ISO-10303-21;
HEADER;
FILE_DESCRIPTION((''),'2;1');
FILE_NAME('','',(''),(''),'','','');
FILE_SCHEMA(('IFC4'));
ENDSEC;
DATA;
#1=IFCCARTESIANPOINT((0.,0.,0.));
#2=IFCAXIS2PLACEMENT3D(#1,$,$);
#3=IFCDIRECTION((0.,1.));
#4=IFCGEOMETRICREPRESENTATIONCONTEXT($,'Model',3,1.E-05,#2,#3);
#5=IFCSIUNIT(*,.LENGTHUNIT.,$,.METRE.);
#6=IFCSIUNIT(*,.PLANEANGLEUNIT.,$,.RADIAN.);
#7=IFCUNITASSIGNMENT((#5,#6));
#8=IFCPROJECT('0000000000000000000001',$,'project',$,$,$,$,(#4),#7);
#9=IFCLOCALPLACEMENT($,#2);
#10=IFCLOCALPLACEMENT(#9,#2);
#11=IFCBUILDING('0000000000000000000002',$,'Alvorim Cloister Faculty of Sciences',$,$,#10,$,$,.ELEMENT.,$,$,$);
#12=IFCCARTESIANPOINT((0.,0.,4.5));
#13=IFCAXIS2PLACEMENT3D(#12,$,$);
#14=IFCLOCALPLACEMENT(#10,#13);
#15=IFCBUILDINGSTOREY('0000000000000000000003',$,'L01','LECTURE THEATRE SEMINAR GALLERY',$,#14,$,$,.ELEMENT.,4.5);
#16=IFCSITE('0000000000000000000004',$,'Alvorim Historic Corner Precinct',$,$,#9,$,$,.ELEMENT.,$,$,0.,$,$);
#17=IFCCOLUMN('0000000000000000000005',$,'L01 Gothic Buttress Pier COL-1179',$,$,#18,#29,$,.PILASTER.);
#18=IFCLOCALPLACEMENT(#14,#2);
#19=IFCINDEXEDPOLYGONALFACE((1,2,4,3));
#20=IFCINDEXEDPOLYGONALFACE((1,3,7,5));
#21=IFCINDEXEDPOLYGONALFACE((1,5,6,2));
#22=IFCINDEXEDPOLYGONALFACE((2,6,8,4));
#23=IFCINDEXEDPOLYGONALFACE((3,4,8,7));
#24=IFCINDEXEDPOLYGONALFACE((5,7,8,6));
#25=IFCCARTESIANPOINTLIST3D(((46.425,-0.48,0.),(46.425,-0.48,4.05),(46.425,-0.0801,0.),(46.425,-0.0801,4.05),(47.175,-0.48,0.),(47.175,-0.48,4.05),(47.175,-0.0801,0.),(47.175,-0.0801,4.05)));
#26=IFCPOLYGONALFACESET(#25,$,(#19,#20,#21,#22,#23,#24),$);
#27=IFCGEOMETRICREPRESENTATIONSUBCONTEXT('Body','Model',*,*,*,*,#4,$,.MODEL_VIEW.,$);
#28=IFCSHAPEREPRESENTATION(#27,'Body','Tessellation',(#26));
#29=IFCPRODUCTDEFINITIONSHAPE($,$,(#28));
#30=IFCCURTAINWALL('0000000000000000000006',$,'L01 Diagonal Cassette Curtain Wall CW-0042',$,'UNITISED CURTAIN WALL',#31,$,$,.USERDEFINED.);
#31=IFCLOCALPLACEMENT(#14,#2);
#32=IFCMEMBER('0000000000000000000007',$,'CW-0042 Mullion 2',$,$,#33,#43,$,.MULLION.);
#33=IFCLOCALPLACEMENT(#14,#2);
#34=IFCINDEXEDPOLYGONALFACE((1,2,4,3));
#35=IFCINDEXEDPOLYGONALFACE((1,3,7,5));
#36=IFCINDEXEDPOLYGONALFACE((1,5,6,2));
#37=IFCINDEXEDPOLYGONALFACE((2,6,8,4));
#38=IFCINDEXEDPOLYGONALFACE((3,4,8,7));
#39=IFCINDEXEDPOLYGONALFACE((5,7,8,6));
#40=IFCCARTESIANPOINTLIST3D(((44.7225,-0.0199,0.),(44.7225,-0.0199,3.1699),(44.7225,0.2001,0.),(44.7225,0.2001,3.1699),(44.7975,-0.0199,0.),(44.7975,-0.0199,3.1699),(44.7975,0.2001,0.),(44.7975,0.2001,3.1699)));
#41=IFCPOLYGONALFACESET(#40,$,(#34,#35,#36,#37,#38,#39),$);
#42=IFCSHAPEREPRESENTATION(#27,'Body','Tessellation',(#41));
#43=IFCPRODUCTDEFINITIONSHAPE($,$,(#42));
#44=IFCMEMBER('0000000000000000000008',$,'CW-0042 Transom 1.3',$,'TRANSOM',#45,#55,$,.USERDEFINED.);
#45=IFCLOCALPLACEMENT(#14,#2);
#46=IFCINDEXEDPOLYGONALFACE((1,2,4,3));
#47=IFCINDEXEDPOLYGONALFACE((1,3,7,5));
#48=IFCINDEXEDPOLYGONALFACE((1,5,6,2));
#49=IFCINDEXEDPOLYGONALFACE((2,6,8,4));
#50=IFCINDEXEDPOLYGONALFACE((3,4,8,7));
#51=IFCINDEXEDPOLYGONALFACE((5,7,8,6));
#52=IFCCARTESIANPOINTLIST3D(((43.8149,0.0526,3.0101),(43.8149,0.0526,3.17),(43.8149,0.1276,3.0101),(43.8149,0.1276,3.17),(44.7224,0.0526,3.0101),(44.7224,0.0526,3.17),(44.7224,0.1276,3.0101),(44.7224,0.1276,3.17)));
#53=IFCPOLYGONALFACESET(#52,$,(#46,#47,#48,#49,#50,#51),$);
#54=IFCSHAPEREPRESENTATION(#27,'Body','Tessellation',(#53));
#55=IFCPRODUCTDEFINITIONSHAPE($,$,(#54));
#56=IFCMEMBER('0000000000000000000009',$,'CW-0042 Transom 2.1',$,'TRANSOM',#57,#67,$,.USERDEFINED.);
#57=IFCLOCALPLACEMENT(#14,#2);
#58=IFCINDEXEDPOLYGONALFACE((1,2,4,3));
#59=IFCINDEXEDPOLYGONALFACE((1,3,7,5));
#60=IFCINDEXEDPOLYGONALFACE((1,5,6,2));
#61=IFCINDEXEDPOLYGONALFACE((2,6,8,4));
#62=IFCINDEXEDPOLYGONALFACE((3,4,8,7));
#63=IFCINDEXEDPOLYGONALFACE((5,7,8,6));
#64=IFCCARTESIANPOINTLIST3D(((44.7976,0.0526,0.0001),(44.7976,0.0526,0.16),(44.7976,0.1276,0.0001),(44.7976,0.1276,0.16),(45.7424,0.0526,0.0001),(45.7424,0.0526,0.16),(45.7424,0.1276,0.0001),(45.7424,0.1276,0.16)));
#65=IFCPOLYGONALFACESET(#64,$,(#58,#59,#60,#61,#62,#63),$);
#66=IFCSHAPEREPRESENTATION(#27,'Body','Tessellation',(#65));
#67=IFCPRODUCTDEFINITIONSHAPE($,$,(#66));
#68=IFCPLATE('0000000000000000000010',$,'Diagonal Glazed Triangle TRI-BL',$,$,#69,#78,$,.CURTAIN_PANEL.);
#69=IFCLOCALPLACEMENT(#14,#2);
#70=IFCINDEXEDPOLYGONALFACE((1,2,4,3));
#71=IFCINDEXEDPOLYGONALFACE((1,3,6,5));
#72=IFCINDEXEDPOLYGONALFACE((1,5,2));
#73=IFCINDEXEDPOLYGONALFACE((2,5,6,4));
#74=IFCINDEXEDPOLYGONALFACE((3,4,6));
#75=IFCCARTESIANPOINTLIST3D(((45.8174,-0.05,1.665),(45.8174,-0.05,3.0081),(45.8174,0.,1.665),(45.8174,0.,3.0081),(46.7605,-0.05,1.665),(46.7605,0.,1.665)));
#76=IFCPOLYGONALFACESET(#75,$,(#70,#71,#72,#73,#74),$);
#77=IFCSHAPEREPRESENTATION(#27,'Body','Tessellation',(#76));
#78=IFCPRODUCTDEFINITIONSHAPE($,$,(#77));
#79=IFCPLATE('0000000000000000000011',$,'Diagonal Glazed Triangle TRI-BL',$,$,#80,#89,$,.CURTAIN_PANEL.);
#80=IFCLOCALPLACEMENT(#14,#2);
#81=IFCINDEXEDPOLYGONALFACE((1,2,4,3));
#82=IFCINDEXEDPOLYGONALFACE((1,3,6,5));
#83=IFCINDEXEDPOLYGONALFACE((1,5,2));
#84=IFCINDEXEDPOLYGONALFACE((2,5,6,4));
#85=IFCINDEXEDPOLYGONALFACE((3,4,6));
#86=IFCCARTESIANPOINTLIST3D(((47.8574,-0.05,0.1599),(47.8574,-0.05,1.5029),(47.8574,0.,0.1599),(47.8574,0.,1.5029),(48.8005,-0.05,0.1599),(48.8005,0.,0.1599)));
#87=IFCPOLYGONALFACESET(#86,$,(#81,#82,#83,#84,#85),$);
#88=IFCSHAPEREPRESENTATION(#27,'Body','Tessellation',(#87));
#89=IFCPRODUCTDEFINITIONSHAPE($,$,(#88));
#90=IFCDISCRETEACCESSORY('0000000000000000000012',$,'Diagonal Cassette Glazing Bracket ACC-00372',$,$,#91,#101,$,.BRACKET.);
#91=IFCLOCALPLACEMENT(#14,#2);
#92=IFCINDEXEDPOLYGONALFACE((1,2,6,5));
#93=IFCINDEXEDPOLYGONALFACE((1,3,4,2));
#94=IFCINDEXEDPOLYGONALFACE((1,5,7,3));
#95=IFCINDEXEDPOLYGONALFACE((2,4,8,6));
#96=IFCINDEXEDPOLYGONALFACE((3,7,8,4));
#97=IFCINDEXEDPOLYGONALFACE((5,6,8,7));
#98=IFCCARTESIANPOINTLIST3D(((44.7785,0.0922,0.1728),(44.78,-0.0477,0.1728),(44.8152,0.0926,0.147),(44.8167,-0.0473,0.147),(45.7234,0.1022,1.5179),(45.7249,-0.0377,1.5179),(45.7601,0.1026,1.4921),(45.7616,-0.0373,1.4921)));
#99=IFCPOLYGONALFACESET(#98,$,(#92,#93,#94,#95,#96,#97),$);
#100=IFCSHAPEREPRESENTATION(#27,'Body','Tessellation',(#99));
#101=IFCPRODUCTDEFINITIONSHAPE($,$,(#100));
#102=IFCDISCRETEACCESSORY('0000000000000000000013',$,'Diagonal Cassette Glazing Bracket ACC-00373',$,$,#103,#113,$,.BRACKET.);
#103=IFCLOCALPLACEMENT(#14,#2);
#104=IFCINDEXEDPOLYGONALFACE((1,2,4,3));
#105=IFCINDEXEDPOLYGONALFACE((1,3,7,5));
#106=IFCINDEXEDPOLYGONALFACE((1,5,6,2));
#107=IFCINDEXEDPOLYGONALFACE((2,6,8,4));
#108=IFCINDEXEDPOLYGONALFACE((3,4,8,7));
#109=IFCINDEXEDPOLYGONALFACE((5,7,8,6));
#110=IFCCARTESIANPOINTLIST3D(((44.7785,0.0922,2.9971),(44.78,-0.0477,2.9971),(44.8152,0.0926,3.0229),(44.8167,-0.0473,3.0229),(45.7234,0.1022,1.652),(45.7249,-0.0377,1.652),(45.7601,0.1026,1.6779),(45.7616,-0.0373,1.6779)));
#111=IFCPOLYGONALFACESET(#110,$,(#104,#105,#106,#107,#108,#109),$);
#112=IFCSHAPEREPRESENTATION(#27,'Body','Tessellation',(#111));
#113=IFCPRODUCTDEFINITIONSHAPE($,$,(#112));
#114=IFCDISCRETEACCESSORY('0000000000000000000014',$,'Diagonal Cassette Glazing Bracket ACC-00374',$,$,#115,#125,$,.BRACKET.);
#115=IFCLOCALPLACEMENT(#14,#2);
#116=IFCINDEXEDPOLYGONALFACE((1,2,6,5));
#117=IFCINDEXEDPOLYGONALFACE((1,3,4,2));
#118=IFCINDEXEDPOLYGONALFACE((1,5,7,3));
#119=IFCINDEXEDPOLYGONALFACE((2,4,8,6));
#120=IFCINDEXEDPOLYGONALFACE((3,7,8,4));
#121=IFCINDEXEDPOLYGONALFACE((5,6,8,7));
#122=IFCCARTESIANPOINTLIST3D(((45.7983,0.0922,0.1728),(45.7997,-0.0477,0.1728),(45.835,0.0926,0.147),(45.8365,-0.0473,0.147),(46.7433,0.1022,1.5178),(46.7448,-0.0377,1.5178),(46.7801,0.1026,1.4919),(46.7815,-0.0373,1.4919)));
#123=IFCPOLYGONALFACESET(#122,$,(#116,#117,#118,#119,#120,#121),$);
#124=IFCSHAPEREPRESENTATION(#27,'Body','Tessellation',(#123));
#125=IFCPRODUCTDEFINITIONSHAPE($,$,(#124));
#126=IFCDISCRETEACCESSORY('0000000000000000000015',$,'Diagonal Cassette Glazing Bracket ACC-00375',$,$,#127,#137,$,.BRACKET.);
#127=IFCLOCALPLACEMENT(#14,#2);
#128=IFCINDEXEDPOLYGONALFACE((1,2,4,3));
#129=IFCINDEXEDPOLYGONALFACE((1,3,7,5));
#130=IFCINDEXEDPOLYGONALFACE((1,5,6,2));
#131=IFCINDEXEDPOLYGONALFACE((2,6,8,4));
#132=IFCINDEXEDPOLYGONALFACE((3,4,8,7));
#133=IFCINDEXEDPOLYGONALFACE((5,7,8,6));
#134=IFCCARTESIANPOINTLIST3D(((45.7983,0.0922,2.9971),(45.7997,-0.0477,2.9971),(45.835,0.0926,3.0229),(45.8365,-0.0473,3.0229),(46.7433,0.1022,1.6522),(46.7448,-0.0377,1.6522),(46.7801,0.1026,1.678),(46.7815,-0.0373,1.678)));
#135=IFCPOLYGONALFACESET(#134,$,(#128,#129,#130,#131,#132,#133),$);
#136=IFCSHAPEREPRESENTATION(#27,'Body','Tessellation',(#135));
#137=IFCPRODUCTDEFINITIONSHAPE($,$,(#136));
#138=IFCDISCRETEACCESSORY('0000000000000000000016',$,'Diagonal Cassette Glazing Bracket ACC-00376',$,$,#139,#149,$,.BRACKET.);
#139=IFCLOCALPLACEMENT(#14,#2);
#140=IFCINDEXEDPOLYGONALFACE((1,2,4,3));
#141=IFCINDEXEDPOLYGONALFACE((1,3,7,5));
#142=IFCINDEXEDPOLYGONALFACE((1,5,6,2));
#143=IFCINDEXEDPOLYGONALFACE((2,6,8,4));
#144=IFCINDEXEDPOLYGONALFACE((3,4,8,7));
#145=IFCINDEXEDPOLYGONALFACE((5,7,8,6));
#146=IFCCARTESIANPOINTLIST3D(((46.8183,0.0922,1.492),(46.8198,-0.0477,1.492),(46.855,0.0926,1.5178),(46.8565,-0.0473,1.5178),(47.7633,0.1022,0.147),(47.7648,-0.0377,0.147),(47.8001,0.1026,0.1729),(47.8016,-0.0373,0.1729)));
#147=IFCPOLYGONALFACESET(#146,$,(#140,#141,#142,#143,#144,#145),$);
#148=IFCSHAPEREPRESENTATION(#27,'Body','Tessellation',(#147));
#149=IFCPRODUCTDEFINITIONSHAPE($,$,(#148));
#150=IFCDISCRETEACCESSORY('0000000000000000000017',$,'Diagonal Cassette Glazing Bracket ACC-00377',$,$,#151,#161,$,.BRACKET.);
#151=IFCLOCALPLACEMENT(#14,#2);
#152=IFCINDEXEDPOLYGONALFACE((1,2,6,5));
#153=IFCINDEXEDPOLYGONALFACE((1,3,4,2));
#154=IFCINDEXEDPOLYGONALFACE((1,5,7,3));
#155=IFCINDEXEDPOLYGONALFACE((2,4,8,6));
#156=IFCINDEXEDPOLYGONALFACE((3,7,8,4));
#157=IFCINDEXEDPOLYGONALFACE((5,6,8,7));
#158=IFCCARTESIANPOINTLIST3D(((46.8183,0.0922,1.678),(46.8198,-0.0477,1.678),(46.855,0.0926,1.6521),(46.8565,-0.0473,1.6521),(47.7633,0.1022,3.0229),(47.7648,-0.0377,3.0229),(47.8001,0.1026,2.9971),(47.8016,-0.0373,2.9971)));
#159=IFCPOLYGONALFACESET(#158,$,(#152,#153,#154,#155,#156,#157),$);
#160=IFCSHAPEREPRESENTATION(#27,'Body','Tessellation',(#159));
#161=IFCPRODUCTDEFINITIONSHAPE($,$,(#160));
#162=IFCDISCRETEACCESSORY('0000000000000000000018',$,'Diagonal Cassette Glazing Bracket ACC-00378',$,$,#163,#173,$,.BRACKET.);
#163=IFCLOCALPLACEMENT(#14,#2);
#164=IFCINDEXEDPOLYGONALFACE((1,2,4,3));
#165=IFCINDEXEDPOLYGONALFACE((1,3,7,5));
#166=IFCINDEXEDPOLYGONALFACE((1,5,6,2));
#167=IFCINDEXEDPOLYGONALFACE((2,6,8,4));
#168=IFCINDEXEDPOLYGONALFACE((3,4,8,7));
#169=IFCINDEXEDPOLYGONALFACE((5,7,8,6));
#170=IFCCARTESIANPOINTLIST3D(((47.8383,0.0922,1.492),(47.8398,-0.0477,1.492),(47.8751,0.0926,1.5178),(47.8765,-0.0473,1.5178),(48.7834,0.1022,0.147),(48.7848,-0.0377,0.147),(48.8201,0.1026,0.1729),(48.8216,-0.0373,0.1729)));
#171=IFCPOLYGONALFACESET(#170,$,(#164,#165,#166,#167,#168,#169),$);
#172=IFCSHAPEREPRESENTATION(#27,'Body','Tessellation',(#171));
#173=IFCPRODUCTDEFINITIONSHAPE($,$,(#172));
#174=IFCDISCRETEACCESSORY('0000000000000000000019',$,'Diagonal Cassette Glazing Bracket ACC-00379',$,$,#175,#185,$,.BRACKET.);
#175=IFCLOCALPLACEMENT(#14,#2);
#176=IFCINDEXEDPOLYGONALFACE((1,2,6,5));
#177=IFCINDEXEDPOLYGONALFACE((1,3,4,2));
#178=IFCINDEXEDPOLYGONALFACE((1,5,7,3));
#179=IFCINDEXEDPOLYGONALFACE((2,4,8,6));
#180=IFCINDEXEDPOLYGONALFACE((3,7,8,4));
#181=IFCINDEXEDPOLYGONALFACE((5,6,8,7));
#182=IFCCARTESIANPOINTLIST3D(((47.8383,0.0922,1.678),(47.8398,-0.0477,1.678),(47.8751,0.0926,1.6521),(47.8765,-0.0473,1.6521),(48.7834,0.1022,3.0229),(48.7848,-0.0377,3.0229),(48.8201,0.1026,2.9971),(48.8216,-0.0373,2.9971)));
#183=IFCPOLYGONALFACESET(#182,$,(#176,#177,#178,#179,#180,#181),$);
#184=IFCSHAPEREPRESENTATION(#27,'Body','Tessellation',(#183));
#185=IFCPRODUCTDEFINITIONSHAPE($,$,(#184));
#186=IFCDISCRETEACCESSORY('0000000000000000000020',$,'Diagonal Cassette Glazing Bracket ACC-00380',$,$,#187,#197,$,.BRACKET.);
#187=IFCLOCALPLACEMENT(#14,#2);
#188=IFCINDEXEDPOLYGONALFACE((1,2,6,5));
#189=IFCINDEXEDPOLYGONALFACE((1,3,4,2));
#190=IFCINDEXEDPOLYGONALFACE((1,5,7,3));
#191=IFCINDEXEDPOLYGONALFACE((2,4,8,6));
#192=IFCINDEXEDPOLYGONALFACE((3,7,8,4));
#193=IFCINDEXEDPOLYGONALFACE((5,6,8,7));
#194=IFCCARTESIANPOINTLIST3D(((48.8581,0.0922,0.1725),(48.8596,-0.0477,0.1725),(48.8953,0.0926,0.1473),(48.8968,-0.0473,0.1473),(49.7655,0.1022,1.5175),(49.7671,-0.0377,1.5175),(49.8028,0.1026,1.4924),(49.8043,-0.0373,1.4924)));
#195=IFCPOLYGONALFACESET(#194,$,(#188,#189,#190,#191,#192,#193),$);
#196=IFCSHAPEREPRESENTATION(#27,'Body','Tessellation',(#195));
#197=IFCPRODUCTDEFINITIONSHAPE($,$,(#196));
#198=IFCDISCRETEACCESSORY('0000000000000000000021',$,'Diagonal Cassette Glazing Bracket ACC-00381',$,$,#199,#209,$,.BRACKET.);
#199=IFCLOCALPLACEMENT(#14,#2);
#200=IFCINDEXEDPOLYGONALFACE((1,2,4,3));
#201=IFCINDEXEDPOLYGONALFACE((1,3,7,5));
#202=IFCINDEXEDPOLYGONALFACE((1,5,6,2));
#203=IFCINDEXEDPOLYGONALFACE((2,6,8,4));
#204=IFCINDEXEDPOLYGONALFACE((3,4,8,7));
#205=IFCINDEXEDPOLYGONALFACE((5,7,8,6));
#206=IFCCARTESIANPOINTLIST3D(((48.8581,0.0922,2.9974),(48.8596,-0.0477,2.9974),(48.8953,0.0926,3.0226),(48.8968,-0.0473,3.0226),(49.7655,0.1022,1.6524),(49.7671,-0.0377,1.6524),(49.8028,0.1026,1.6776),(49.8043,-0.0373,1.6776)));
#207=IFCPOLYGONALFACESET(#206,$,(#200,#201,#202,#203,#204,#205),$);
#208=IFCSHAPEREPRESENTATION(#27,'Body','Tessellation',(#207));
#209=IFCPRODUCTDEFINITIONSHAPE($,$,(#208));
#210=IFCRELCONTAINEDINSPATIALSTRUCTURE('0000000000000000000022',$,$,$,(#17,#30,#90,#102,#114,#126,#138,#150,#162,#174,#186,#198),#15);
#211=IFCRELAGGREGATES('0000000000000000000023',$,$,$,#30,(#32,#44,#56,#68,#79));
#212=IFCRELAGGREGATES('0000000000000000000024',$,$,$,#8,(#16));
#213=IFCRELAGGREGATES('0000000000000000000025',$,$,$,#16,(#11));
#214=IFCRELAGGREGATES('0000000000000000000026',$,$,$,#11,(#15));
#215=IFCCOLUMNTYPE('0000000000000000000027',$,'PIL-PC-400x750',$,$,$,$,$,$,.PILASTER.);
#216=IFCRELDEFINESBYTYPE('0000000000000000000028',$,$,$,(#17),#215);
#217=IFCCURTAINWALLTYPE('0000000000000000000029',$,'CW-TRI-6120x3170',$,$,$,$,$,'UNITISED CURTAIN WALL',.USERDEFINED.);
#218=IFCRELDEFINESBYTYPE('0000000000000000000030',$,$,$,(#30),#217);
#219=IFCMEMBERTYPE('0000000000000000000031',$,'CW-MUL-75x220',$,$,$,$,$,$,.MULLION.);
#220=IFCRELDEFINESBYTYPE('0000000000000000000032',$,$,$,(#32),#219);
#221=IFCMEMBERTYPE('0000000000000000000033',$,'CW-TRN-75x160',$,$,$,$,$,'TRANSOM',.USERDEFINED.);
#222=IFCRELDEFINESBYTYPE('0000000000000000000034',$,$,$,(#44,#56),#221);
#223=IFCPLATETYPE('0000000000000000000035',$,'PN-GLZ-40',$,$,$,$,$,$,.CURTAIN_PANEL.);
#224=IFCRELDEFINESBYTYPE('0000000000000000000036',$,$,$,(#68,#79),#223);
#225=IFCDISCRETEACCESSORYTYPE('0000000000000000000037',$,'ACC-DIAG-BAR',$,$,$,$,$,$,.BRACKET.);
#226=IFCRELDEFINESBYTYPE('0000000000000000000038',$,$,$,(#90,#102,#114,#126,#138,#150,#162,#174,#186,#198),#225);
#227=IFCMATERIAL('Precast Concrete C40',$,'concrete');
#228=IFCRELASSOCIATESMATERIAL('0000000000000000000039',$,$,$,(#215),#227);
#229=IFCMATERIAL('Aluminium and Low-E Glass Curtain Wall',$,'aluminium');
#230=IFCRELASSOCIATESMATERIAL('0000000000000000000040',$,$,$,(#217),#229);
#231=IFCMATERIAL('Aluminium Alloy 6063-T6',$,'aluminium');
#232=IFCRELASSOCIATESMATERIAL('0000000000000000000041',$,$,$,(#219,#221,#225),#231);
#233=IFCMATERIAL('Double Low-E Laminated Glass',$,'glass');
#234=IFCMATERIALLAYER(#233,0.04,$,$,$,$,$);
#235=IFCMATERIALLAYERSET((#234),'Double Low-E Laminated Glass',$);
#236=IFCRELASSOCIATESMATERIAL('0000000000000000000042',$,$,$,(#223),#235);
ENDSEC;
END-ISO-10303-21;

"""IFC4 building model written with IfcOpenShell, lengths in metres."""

from ifc_helpers import new_model, si_unit, direction, frame, origin, origin_2d, place, context, subcontext, project, spatial, polyline, rectangle, outline, extrude, material, layer, layer_set, material_profile, profile_set, type_object, element, aggregate, save


model = new_model("IFC4")

# Units and contexts
model_context = context("Model", 3, precision=1e-05, world=origin(), true_north=direction((0.0, 1.0)))
body_context = subcontext(model_context, "Body", "Model", "MODEL_VIEW")
ifc_project = project(units=[si_unit("LENGTHUNIT", "METRE"), si_unit("PLANEANGLEUNIT", "RADIAN")], contexts=[model_context])

# Site, building, storey
site_placement = place(None, origin())
site = spatial("IfcSite", under=ifc_project, at=site_placement, Name="Alvorim Historic Corner Precinct", CompositionType="ELEMENT", RefElevation=0.0)
building_placement = place(site_placement, origin())
building = spatial("IfcBuilding", under=site, at=building_placement, Name="Alvorim Cloister Faculty of Sciences", CompositionType="ELEMENT")
storey_placement = place(building_placement, frame((0.0, 0.0, 4.5)))
storey = spatial("IfcBuildingStorey", under=building, at=storey_placement, Name="L01", Description="LECTURE THEATRE SEMINAR GALLERY", CompositionType="ELEMENT", Elevation=4.5)

# Column
ifc_material_1 = material(Name="Precast Concrete C40", Category="concrete")
ifc_material_profile_1 = material_profile(ifc_material_1, rectangle(XDim=0.3999, YDim=0.75, at=origin_2d()), Name="RC40-PIL-400x750")
ifc_profile_set_1 = profile_set([ifc_material_profile_1], Name="Precast Concrete C40")
column_type = type_object("IfcColumnType", Name="PIL-PC-400x750", PredefinedType="PILASTER", material=ifc_profile_set_1)
column_placement = place(storey_placement, frame((46.8, -0.28, 0.0), z_axis=(0.0, 0.0, 1.0), x_axis=(0.0, 1.0, 0.0)))
element("IfcColumn", 1, at=column_placement, inside=storey, type_object=column_type, Name="L01 Gothic Buttress Pier COL-1179", PredefinedType="PILASTER", context=body_context, shape_type="SweptSolid", body=[
    extrude(rectangle(XDim=0.3999, YDim=0.75, at=origin_2d()), origin(), (0.0, 0.0, 1.0), 4.05),
])

# Curtain wall, members, plates
ifc_material_2 = material(Name="Aluminium and Low-E Glass Curtain Wall", Category="aluminium")
curtain_wall_type = type_object("IfcCurtainWallType", Name="CW-TRI-6120x3170", ElementType="UNITISED CURTAIN WALL", PredefinedType="USERDEFINED", material=ifc_material_2)
curtain_wall_placement = place(storey_placement, origin())
curtain_wall = element("IfcCurtainWall", 2, at=curtain_wall_placement, inside=storey, type_object=curtain_wall_type, Name="L01 Diagonal Cassette Curtain Wall CW-0042", ObjectType="UNITISED CURTAIN WALL", PredefinedType="USERDEFINED")
ifc_material_3 = material(Name="Aluminium Alloy 6063-T6", Category="aluminium")
ifc_material_profile_2 = material_profile(ifc_material_3, rectangle(XDim=0.075, YDim=0.22, at=origin_2d()), Name="ALU-MUL-75x220")
ifc_profile_set_2 = profile_set([ifc_material_profile_2], Name="Aluminium Alloy 6063-T6")
member_type_1 = type_object("IfcMemberType", Name="CW-MUL-75x220", PredefinedType="MULLION", material=ifc_profile_set_2)
member_1_placement = place(storey_placement, frame((44.76, 0.0901, 0.0), z_axis=(0.0, 0.0, 1.0), x_axis=(1.0, 0.0, 0.0)))
member_1 = element("IfcMember", 3, at=member_1_placement, type_object=member_type_1, Name="CW-0042 Mullion 2", PredefinedType="MULLION", context=body_context, shape_type="SweptSolid", body=[
    extrude(rectangle(XDim=0.075, YDim=0.22, at=origin_2d()), origin(), (0.0, 0.0, 1.0), 3.1699),
])
ifc_material_profile_3 = material_profile(ifc_material_3, rectangle(XDim=0.075, YDim=0.1599, at=origin_2d()), Name="ALU-TRN-75x160")
ifc_profile_set_3 = profile_set([ifc_material_profile_3], Name="Aluminium Alloy 6063-T6")
member_type_2 = type_object("IfcMemberType", Name="CW-TRN-75x160", ElementType="TRANSOM", PredefinedType="USERDEFINED", material=ifc_profile_set_3)
member_2_placement = place(storey_placement, frame((43.8149, 0.0901, 3.0901), z_axis=(1.0, 0.0, 0.0), x_axis=(0.0, 1.0, 0.0)))
member_2 = element("IfcMember", 4, at=member_2_placement, type_object=member_type_2, Name="CW-0042 Transom 1.3", ObjectType="TRANSOM", PredefinedType="USERDEFINED", context=body_context, shape_type="SweptSolid", body=[
    extrude(rectangle(XDim=0.075, YDim=0.1599, at=origin_2d()), origin(), (0.0, 0.0, 1.0), 0.9075),
])
member_3_placement = place(storey_placement, frame((44.7976, 0.0901, 0.0801), z_axis=(1.0, 0.0, 0.0), x_axis=(0.0, 1.0, 0.0)))
member_3 = element("IfcMember", 5, at=member_3_placement, type_object=member_type_2, Name="CW-0042 Transom 2.1", ObjectType="TRANSOM", PredefinedType="USERDEFINED", context=body_context, shape_type="SweptSolid", body=[
    extrude(rectangle(XDim=0.075, YDim=0.1599, at=origin_2d()), origin(), (0.0, 0.0, 1.0), 0.9448),
])
ifc_material_4 = material(Name="Double Low-E Laminated Glass", Category="glass")
ifc_layer = layer(ifc_material_4, 0.04)
ifc_layer_set = layer_set([ifc_layer], Name="Double Low-E Laminated Glass")
plate_type = type_object("IfcPlateType", Name="PN-GLZ-40", PredefinedType="CURTAIN_PANEL", material=ifc_layer_set)
plate_1_placement = place(storey_placement, frame((45.8174, -0.0249, 1.665), z_axis=(0.0, 0.0, 1.0), x_axis=(1.0, 0.0, 0.0)))
plate_1 = element("IfcPlate", 6, at=plate_1_placement, type_object=plate_type, Name="Diagonal Glazed Triangle TRI-BL", PredefinedType="CURTAIN_PANEL", context=body_context, shape_type="SweptSolid", body=[
    extrude(outline(polyline([(0.0, 0.0), (0.9431, 0.0), (0.0, 1.343), (0.0, 0.0)])), frame((0.0, 0.0249, 0.0), z_axis=(0.0, -1.0, 0.0), x_axis=(1.0, 0.0, 0.0)), (0.0, 0.0, 1.0), 0.05),
])
plate_2_placement = place(storey_placement, frame((47.8574, -0.0249, 0.1599), z_axis=(0.0, 0.0, 1.0), x_axis=(1.0, 0.0, 0.0)))
plate_2 = element("IfcPlate", 7, at=plate_2_placement, type_object=plate_type, Name="Diagonal Glazed Triangle TRI-BL", PredefinedType="CURTAIN_PANEL", context=body_context, shape_type="SweptSolid", body=[
    extrude(outline(polyline([(0.0, 0.0), (0.9431, 0.0), (0.0, 1.343), (0.0, 0.0)])), frame((0.0, 0.0249, 0.0), z_axis=(0.0, -1.0, 0.0), x_axis=(1.0, 0.0, 0.0)), (0.0, 0.0, 1.0), 0.05),
])
aggregate(curtain_wall, [member_1, member_2, member_3, plate_1, plate_2])

# Discrete accessories
discrete_accessory_type = type_object("IfcDiscreteAccessoryType", Name="ACC-DIAG-BAR", PredefinedType="BRACKET", material=ifc_material_3)
for number, where, z_axis, x_axis, name in (
    (8, (44.7976, 0.0225, 0.1599), (0.574817, 0.00609, 0.81826), (-0.010594, 0.999944, 0.0), "Diagonal Cassette Glazing Bracket ACC-00372"),
    (9, (44.7976, 0.0225, 3.01), (0.574817, 0.00609, -0.81826), (-0.010594, 0.999944, 0.0), "Diagonal Cassette Glazing Bracket ACC-00373"),
    (10, (45.8174, 0.0225, 0.1599), (0.574916, 0.006089, 0.81819), (-0.010591, 0.999944, 0.0), "Diagonal Cassette Glazing Bracket ACC-00374"),
    (11, (45.8174, 0.0225, 3.01), (0.574916, 0.006089, -0.81819), (-0.010591, 0.999944, 0.0), "Diagonal Cassette Glazing Bracket ACC-00375"),
    (12, (46.8374, 0.0225, 1.5049), (0.574916, 0.006089, -0.81819), (-0.010591, 0.999944, 0.0), "Diagonal Cassette Glazing Bracket ACC-00376"),
    (13, (46.8374, 0.0225, 1.665), (0.574916, 0.006089, 0.81819), (-0.010591, 0.999944, 0.0), "Diagonal Cassette Glazing Bracket ACC-00377"),
    (14, (47.8574, 0.0225, 1.5049), (0.574916, 0.006089, -0.81819), (-0.010591, 0.999944, 0.0), "Diagonal Cassette Glazing Bracket ACC-00378"),
    (15, (47.8574, 0.0225, 1.665), (0.574916, 0.006089, 0.81819), (-0.010591, 0.999944, 0.0), "Diagonal Cassette Glazing Bracket ACC-00379"),
):
    element("IfcDiscreteAccessory", number, at=place(storey_placement, frame(where, z_axis=z_axis, x_axis=x_axis)), inside=storey, type_object=discrete_accessory_type, Name=name, PredefinedType="BRACKET", context=body_context, shape_type="SweptSolid", body=[
        extrude(rectangle(XDim=0.1399, YDim=0.0449, at=origin_2d()), origin(), (0.0, 0.0, 1.0), 1.6438),
    ])
for number, where, z_axis, x_axis, name in (
    (16, (48.8774, 0.0225, 0.1599), (0.559299, 0.006169, 0.828943), (-0.01103, 0.999939, 0.0), "Diagonal Cassette Glazing Bracket ACC-00380"),
    (17, (48.8774, 0.0225, 3.01), (0.559299, 0.006169, -0.828943), (-0.01103, 0.999939, 0.0), "Diagonal Cassette Glazing Bracket ACC-00381"),
):
    element("IfcDiscreteAccessory", number, at=place(storey_placement, frame(where, z_axis=z_axis, x_axis=x_axis)), inside=storey, type_object=discrete_accessory_type, Name=name, PredefinedType="BRACKET", context=body_context, shape_type="SweptSolid", body=[
        extrude(rectangle(XDim=0.1399, YDim=0.0449, at=origin_2d()), origin(), (0.0, 0.0, 1.0), 1.6226),
    ])

save(model, "model.ifc")
